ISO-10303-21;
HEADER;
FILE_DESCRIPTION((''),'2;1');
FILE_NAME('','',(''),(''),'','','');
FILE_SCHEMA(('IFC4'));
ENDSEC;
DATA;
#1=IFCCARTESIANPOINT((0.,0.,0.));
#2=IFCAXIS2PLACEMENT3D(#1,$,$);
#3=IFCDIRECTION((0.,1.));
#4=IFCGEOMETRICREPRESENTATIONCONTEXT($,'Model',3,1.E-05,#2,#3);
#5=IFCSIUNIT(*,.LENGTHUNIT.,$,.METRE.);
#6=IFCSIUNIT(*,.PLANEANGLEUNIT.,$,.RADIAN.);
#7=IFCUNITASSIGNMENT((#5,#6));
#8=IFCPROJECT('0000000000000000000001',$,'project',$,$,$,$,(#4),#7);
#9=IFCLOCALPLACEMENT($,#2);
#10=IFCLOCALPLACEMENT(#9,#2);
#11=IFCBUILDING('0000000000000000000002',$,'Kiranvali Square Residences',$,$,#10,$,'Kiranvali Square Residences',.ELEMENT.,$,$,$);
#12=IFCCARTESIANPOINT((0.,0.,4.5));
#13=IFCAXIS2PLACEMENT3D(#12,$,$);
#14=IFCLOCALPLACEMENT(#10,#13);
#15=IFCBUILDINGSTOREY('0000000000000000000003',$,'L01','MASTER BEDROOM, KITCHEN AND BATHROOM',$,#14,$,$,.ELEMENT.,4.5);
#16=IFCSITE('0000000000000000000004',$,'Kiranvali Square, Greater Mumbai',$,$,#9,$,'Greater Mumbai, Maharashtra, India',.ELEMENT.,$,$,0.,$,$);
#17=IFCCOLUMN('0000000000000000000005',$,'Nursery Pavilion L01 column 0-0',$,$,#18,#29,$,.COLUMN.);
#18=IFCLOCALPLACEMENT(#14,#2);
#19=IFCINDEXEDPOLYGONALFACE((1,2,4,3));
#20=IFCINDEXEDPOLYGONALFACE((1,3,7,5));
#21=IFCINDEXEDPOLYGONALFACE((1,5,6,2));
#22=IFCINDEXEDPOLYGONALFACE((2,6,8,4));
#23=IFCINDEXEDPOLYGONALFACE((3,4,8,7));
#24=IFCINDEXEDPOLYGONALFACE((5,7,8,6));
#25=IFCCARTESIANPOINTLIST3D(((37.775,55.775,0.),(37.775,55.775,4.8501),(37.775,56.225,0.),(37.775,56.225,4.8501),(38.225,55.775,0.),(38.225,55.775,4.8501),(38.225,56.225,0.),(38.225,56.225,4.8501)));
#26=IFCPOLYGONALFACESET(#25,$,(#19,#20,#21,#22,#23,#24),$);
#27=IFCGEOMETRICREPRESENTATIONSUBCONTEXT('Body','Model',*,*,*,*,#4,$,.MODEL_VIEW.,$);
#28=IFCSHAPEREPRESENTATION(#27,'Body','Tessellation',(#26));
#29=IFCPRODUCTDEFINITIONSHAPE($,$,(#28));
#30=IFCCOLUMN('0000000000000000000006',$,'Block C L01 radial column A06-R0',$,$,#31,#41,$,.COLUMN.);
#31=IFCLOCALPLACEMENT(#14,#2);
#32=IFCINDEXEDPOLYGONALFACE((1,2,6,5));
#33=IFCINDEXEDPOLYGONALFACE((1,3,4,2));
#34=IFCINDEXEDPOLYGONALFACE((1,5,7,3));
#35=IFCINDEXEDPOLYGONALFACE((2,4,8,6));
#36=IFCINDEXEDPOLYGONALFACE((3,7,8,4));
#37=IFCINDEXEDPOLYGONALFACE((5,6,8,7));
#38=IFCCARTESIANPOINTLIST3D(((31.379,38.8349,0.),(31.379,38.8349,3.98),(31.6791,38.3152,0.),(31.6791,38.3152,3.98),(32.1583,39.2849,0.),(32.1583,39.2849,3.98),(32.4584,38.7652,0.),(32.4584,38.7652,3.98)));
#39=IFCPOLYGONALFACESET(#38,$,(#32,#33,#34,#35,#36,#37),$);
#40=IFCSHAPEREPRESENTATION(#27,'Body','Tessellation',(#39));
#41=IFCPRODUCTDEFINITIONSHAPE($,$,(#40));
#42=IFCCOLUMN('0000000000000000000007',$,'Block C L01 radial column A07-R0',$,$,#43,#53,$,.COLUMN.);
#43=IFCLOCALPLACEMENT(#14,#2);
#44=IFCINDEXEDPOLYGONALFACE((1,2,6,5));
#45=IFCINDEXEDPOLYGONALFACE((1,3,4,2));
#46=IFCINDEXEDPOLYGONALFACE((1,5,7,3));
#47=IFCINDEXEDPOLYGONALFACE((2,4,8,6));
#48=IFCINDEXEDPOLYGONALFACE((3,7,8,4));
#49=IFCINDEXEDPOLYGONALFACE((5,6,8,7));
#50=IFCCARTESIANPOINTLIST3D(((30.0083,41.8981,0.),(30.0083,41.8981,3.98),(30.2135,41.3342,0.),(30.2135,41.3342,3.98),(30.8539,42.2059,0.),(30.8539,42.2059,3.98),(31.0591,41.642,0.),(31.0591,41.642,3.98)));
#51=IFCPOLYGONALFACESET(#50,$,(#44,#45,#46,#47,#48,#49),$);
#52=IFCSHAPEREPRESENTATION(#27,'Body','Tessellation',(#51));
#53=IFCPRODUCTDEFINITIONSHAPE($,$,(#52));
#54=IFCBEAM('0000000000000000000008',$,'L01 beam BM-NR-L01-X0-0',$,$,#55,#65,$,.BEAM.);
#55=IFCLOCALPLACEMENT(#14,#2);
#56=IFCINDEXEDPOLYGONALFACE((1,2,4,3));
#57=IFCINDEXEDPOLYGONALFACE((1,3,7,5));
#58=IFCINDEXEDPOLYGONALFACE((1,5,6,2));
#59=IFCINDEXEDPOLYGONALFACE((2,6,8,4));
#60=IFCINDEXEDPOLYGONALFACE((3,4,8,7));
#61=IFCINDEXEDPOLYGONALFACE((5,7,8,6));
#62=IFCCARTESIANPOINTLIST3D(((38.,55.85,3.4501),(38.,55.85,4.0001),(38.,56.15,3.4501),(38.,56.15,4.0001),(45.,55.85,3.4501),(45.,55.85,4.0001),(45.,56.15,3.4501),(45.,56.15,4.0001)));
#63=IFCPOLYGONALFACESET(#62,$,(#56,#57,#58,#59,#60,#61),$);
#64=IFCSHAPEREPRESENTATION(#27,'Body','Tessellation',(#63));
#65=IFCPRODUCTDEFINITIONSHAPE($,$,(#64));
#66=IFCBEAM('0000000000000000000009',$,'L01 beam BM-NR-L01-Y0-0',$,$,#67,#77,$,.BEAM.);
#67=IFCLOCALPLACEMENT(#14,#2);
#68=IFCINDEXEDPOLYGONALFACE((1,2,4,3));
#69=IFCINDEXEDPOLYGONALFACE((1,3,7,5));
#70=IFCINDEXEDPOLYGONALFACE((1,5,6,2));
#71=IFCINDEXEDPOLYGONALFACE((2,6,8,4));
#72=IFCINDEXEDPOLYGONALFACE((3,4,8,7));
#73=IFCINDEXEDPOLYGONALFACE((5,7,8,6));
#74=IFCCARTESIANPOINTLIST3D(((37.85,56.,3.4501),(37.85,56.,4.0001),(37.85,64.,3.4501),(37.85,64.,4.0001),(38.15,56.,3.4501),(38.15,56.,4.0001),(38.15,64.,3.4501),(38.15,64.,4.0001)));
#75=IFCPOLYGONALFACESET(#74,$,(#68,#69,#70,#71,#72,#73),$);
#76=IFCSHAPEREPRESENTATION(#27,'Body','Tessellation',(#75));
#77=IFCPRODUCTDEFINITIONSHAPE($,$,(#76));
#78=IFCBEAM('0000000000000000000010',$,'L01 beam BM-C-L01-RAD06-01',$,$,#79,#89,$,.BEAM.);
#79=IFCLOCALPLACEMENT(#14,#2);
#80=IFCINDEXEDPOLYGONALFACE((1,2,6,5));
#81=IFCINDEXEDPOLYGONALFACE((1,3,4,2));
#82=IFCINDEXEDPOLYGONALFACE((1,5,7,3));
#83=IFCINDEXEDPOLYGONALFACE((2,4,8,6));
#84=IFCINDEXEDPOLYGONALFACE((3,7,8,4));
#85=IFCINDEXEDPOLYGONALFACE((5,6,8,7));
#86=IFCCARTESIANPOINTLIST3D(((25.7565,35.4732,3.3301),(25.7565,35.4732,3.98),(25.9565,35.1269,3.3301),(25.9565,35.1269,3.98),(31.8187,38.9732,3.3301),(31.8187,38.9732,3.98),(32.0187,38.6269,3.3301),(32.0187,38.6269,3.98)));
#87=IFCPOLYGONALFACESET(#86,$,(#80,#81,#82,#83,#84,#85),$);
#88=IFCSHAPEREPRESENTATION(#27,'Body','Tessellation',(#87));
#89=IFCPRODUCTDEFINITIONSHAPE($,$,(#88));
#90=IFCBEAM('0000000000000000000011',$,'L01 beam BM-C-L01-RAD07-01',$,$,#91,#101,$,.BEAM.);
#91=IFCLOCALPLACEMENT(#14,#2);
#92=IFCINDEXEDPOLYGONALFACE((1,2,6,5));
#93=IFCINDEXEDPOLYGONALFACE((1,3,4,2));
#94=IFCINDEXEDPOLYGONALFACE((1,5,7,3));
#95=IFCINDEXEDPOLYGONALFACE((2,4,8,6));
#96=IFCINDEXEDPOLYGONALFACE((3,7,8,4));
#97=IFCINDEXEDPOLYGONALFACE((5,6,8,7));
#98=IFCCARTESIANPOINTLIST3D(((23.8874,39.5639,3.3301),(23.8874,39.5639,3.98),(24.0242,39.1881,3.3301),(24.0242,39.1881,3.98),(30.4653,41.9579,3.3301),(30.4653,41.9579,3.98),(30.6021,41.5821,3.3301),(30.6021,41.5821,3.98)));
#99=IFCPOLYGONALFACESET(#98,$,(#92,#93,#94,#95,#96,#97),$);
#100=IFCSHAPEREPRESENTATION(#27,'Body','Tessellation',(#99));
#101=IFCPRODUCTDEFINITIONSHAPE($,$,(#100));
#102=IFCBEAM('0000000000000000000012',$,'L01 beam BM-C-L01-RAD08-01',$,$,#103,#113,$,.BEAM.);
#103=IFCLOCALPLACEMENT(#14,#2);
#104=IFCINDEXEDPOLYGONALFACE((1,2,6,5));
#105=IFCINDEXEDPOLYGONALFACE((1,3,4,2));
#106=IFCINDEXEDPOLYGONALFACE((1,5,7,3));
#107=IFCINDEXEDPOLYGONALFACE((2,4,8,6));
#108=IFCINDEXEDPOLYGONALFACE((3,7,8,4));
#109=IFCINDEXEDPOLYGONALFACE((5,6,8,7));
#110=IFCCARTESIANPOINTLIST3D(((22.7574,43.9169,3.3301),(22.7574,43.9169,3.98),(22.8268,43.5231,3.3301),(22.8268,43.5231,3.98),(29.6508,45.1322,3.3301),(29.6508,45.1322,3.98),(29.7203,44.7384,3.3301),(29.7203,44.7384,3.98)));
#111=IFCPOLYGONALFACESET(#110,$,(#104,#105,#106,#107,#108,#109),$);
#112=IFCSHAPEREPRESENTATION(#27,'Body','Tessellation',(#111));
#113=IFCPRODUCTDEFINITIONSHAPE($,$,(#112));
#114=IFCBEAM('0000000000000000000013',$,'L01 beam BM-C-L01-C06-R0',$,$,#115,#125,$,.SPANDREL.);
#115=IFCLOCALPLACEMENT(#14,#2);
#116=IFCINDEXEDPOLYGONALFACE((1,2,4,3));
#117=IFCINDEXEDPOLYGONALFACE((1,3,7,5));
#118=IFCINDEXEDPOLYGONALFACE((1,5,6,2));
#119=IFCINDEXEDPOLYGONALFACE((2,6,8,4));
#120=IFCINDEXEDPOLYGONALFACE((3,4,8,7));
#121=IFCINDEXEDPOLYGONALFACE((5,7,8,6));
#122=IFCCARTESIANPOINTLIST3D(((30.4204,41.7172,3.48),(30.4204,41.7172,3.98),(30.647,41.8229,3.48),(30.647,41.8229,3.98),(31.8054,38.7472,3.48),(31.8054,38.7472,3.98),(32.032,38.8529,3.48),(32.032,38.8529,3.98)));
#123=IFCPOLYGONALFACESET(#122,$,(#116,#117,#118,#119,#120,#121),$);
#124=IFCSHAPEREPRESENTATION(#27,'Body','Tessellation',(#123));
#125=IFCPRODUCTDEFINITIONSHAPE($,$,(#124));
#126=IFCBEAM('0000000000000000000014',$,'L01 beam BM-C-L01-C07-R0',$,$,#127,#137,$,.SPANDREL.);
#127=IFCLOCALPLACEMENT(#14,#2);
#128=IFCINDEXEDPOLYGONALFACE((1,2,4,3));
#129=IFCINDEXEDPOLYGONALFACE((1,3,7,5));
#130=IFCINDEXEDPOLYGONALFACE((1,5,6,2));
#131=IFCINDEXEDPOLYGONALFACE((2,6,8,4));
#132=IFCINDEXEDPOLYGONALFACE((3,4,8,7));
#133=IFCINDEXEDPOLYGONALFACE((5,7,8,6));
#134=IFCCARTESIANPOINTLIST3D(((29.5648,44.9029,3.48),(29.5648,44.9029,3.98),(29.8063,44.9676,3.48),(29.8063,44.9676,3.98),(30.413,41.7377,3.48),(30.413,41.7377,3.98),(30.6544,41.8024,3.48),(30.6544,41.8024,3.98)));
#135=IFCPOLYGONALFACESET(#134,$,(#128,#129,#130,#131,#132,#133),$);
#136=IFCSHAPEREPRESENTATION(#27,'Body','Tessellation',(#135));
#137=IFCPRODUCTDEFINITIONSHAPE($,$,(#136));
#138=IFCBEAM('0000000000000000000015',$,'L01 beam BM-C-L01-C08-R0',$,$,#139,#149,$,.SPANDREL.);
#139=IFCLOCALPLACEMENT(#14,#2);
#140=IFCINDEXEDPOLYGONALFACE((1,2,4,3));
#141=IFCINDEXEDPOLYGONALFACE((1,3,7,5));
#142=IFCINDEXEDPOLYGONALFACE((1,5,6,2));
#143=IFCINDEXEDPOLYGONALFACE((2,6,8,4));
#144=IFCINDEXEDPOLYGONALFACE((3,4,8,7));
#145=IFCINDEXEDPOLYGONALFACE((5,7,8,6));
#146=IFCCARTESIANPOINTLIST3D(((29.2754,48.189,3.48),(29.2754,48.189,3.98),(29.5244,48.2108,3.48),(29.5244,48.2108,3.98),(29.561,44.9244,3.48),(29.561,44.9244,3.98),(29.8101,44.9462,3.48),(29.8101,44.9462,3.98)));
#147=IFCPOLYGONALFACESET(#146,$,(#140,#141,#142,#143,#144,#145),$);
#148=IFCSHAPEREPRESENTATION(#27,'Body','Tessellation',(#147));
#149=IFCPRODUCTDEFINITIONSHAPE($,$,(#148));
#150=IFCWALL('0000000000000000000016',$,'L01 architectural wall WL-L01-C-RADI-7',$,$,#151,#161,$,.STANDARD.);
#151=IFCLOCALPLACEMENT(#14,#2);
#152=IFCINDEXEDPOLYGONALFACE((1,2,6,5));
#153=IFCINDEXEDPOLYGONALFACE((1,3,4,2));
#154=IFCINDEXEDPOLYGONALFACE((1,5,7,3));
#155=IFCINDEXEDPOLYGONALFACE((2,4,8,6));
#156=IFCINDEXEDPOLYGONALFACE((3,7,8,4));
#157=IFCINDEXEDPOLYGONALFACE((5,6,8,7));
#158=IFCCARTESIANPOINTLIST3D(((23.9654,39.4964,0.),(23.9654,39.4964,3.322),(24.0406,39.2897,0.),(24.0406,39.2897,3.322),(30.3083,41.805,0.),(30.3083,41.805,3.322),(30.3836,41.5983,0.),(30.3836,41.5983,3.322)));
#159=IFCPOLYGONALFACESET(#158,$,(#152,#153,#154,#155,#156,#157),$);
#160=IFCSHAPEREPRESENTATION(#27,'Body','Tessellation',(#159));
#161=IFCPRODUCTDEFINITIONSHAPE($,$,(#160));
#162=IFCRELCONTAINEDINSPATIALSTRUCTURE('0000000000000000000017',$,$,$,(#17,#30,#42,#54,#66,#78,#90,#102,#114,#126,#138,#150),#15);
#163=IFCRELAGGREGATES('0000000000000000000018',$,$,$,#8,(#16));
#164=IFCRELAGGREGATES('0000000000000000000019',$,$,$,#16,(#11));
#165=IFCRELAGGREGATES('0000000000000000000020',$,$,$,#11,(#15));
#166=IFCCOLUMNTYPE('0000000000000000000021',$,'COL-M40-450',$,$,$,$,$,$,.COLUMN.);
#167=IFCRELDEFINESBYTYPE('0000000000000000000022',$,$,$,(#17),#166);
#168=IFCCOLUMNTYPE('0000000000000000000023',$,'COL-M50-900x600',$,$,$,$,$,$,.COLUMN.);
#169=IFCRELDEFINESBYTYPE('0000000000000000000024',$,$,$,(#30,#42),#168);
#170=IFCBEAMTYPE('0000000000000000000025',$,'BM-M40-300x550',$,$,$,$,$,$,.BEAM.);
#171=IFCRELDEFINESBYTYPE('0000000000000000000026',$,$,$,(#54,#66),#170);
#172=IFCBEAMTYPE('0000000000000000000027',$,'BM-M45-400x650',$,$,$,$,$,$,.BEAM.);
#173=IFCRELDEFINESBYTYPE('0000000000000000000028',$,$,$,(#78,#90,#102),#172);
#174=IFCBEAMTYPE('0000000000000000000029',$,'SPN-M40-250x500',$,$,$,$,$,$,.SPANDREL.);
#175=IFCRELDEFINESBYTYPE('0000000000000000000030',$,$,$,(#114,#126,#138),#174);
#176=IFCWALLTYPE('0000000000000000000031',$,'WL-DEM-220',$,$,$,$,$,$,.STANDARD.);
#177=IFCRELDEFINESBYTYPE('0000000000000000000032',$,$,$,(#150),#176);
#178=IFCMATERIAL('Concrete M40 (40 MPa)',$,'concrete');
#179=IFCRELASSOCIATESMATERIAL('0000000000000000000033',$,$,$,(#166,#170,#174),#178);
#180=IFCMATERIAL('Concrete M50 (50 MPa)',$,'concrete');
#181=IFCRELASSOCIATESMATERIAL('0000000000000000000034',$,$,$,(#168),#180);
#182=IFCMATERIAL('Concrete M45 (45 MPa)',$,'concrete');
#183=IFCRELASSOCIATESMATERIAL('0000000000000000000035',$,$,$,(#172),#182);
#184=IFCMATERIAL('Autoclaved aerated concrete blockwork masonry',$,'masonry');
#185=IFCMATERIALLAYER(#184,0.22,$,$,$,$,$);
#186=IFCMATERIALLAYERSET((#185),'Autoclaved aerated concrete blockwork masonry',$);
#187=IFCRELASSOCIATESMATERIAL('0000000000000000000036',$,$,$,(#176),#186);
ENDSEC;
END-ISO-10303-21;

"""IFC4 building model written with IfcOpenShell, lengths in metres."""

from ifc_helpers import new_model, si_unit, direction, frame, frame_2d, origin, origin_2d, place, context, subcontext, project, spatial, rectangle, extrude, material, layer, layer_set, material_profile, profile_set, type_object, element, save


model = new_model("IFC4")

# Units and contexts
model_context = context("Model", 3, precision=1e-05, world=origin(), true_north=direction((0.0, 1.0)))
body_context = subcontext(model_context, "Body", "Model", "MODEL_VIEW")
ifc_project = project(units=[si_unit("LENGTHUNIT", "METRE"), si_unit("PLANEANGLEUNIT", "RADIAN")], contexts=[model_context])

# Site, building, storey
site_placement = place(None, origin())
site = spatial("IfcSite", under=ifc_project, at=site_placement, Name="Kiranvali Square, Greater Mumbai", LongName="Greater Mumbai, Maharashtra, India", CompositionType="ELEMENT", RefElevation=0.0)
building_placement = place(site_placement, origin())
building = spatial("IfcBuilding", under=site, at=building_placement, Name="Kiranvali Square Residences", LongName="Kiranvali Square Residences", CompositionType="ELEMENT")
storey_placement = place(building_placement, frame((0.0, 0.0, 4.5)))
storey = spatial("IfcBuildingStorey", under=building, at=storey_placement, Name="L01", Description="MASTER BEDROOM, KITCHEN AND BATHROOM", CompositionType="ELEMENT", Elevation=4.5)

# Columns
ifc_material_1 = material(Name="Concrete M40 (40 MPa)", Category="concrete")
ifc_material_profile_1 = material_profile(ifc_material_1, rectangle(XDim=0.45, YDim=0.45, at=origin_2d()), Name="RC 450x450")
ifc_profile_set_1 = profile_set([ifc_material_profile_1], Name="Concrete M40 (40 MPa)")
column_type_1 = type_object("IfcColumnType", Name="COL-M40-450", PredefinedType="COLUMN", material=ifc_profile_set_1)
column_placement = place(storey_placement, frame((38.0, 56.0, 0.0), z_axis=(0.0, 0.0, 1.0), x_axis=(1.0, 0.0, 0.0)))
element("IfcColumn", 1, at=column_placement, inside=storey, type_object=column_type_1, Name="Nursery Pavilion L01 column 0-0", PredefinedType="COLUMN", context=body_context, shape_type="SweptSolid", body=[
    extrude(rectangle(XDim=0.45, YDim=0.45, at=origin_2d()), origin(), (0.0, 0.0, 1.0), 4.8501),
])
ifc_material_2 = material(Name="Concrete M50 (50 MPa)", Category="concrete")
ifc_material_profile_2 = material_profile(ifc_material_2, rectangle(XDim=0.6001, YDim=0.8999, at=origin_2d()), Name="RC 900x600")
ifc_profile_set_2 = profile_set([ifc_material_profile_2], Name="Concrete M50 (50 MPa)")
column_type_2 = type_object("IfcColumnType", Name="COL-M50-900x600", PredefinedType="COLUMN", material=ifc_profile_set_2)
for number, where, z_axis, x_axis, name in (
    (2, (31.9187, 38.8, 0.0), (0.0, 0.0, 1.0), (-0.5, 0.866025, 0.0), "Block C L01 radial column A06-R0"),
    (3, (30.5337, 41.77, 0.0), (0.0, 0.0, 1.0), (-0.34202, 0.939693, 0.0), "Block C L01 radial column A07-R0"),
):
    element("IfcColumn", number, at=place(storey_placement, frame(where, z_axis=z_axis, x_axis=x_axis)), inside=storey, type_object=column_type_2, Name=name, PredefinedType="COLUMN", context=body_context, shape_type="SweptSolid", body=[
        extrude(rectangle(XDim=0.6001, YDim=0.8999, at=origin_2d()), origin(), (0.0, 0.0, 1.0), 3.98),
    ])

# Beams
ifc_material_profile_3 = material_profile(ifc_material_1, rectangle(XDim=0.3, YDim=0.55, at=origin_2d()), Name="RC 300x550")
ifc_profile_set_3 = profile_set([ifc_material_profile_3], Name="Concrete M40 (40 MPa)")
beam_type_1 = type_object("IfcBeamType", Name="BM-M40-300x550", PredefinedType="BEAM", material=ifc_profile_set_3)
beam_1_placement = place(storey_placement, frame((38.0, 56.0, 3.7251), z_axis=(1.0, 0.0, 0.0), x_axis=(0.0, 1.0, 0.0)))
element("IfcBeam", 4, at=beam_1_placement, inside=storey, type_object=beam_type_1, Name="L01 beam BM-NR-L01-X0-0", PredefinedType="BEAM", context=body_context, shape_type="SweptSolid", body=[
    extrude(rectangle(XDim=0.3, YDim=0.55, at=origin_2d()), origin(), (0.0, 0.0, 1.0), 7.0),
])
beam_2_placement = place(storey_placement, frame((38.0, 56.0, 3.7251), z_axis=(0.0, 1.0, 0.0), x_axis=(-1.0, 0.0, 0.0)))
element("IfcBeam", 5, at=beam_2_placement, inside=storey, type_object=beam_type_1, Name="L01 beam BM-NR-L01-Y0-0", PredefinedType="BEAM", context=body_context, shape_type="SweptSolid", body=[
    extrude(rectangle(XDim=0.3, YDim=0.55, at=origin_2d()), origin(), (0.0, 0.0, 1.0), 8.0),
])
ifc_material_3 = material(Name="Concrete M45 (45 MPa)", Category="concrete")
ifc_material_profile_4 = material_profile(ifc_material_3, rectangle(XDim=0.3999, YDim=0.6499, at=origin_2d()), Name="RC 400x650")
ifc_profile_set_4 = profile_set([ifc_material_profile_4], Name="Concrete M45 (45 MPa)")
beam_type_2 = type_object("IfcBeamType", Name="BM-M45-400x650", PredefinedType="BEAM", material=ifc_profile_set_4)
for number, where, z_axis, x_axis, name in (
    (6, (31.9187, 38.8, 3.655), (-0.866028, -0.499995, 0.0), (0.499995, -0.866028, 0.0), "L01 beam BM-C-L01-RAD06-01"),
    (7, (30.5337, 41.77, 3.655), (-0.939698, -0.342006, 0.0), (0.342006, -0.939698, 0.0), "L01 beam BM-C-L01-RAD07-01"),
):
    element("IfcBeam", number, at=place(storey_placement, frame(where, z_axis=z_axis, x_axis=x_axis)), inside=storey, type_object=beam_type_2, Name=name, PredefinedType="BEAM", context=body_context, shape_type="SweptSolid", body=[
        extrude(rectangle(XDim=0.3999, YDim=0.6499, at=origin_2d()), origin(), (0.0, 0.0, 1.0), 7.0),
    ])
beam_3_placement = place(storey_placement, frame((29.6855, 44.9353, 3.655), z_axis=(-0.984812, -0.173622, 0.0), x_axis=(0.173622, -0.984812, 0.0)))
element("IfcBeam", 8, at=beam_3_placement, inside=storey, type_object=beam_type_2, Name="L01 beam BM-C-L01-RAD08-01", PredefinedType="BEAM", context=body_context, shape_type="SweptSolid", body=[
    extrude(rectangle(XDim=0.3999, YDim=0.6499, at=origin_2d()), origin(), (0.0, 0.0, 1.0), 6.9998),
])
ifc_material_profile_5 = material_profile(ifc_material_1, rectangle(XDim=0.25, YDim=0.5, at=origin_2d()), Name="RC 250x500")
ifc_profile_set_5 = profile_set([ifc_material_profile_5], Name="Concrete M40 (40 MPa)")
beam_type_3 = type_object("IfcBeamType", Name="SPN-M40-250x500", PredefinedType="SPANDREL", material=ifc_profile_set_5)
beam_4_placement = place(storey_placement, frame((31.9187, 38.8, 3.73), z_axis=(-0.422641, 0.906297, 0.0), x_axis=(-0.906297, -0.422641, 0.0)))
element("IfcBeam", 9, at=beam_4_placement, inside=storey, type_object=beam_type_3, Name="L01 beam BM-C-L01-C06-R0", PredefinedType="SPANDREL", context=body_context, shape_type="SweptSolid", body=[
    extrude(rectangle(XDim=0.25, YDim=0.5, at=origin_2d()), origin(), (0.0, 0.0, 1.0), 3.2771),
])
beam_5_placement = place(storey_placement, frame((30.5337, 41.77, 3.73), z_axis=(-0.258822, 0.965925, 0.0), x_axis=(-0.965925, -0.258822, 0.0)))
element("IfcBeam", 10, at=beam_5_placement, inside=storey, type_object=beam_type_3, Name="L01 beam BM-C-L01-C07-R0", PredefinedType="SPANDREL", context=body_context, shape_type="SweptSolid", body=[
    extrude(rectangle(XDim=0.25, YDim=0.5, at=origin_2d()), origin(), (0.0, 0.0, 1.0), 3.2769),
])
beam_6_placement = place(storey_placement, frame((29.6855, 44.9353, 3.73), z_axis=(-0.087163, 0.996194, 0.0), x_axis=(-0.996194, -0.087163, 0.0)))
element("IfcBeam", 11, at=beam_6_placement, inside=storey, type_object=beam_type_3, Name="L01 beam BM-C-L01-C08-R0", PredefinedType="SPANDREL", context=body_context, shape_type="SweptSolid", body=[
    extrude(rectangle(XDim=0.25, YDim=0.5, at=origin_2d()), origin(), (0.0, 0.0, 1.0), 3.2771),
])

# Wall
ifc_material_4 = material(Name="Autoclaved aerated concrete blockwork masonry", Category="masonry")
ifc_layer_1 = layer(ifc_material_4, 0.22)
ifc_layer_set_1 = layer_set([ifc_layer_1], Name="Autoclaved aerated concrete blockwork masonry")
wall_type_1 = type_object("IfcWallType", Name="WL-DEM-220", PredefinedType="STANDARD", material=ifc_layer_set_1)
wall_1_placement = place(storey_placement, frame((30.3459, 41.7017, 0.0), z_axis=(0.0, 0.0, 1.0), x_axis=(-0.939696, -0.34201, 0.0)))
element("IfcWall", 12, at=wall_1_placement, inside=storey, type_object=wall_type_1, Name="L01 architectural wall WL-L01-C-RADI-7", PredefinedType="STANDARD", context=body_context, shape_type="SweptSolid", body=[
    extrude(rectangle(XDim=6.75, YDim=0.22, at=frame_2d((3.375, 0.0))), origin(), (0.0, 0.0, 1.0), 3.322),
])

save(model, "model.ifc")
